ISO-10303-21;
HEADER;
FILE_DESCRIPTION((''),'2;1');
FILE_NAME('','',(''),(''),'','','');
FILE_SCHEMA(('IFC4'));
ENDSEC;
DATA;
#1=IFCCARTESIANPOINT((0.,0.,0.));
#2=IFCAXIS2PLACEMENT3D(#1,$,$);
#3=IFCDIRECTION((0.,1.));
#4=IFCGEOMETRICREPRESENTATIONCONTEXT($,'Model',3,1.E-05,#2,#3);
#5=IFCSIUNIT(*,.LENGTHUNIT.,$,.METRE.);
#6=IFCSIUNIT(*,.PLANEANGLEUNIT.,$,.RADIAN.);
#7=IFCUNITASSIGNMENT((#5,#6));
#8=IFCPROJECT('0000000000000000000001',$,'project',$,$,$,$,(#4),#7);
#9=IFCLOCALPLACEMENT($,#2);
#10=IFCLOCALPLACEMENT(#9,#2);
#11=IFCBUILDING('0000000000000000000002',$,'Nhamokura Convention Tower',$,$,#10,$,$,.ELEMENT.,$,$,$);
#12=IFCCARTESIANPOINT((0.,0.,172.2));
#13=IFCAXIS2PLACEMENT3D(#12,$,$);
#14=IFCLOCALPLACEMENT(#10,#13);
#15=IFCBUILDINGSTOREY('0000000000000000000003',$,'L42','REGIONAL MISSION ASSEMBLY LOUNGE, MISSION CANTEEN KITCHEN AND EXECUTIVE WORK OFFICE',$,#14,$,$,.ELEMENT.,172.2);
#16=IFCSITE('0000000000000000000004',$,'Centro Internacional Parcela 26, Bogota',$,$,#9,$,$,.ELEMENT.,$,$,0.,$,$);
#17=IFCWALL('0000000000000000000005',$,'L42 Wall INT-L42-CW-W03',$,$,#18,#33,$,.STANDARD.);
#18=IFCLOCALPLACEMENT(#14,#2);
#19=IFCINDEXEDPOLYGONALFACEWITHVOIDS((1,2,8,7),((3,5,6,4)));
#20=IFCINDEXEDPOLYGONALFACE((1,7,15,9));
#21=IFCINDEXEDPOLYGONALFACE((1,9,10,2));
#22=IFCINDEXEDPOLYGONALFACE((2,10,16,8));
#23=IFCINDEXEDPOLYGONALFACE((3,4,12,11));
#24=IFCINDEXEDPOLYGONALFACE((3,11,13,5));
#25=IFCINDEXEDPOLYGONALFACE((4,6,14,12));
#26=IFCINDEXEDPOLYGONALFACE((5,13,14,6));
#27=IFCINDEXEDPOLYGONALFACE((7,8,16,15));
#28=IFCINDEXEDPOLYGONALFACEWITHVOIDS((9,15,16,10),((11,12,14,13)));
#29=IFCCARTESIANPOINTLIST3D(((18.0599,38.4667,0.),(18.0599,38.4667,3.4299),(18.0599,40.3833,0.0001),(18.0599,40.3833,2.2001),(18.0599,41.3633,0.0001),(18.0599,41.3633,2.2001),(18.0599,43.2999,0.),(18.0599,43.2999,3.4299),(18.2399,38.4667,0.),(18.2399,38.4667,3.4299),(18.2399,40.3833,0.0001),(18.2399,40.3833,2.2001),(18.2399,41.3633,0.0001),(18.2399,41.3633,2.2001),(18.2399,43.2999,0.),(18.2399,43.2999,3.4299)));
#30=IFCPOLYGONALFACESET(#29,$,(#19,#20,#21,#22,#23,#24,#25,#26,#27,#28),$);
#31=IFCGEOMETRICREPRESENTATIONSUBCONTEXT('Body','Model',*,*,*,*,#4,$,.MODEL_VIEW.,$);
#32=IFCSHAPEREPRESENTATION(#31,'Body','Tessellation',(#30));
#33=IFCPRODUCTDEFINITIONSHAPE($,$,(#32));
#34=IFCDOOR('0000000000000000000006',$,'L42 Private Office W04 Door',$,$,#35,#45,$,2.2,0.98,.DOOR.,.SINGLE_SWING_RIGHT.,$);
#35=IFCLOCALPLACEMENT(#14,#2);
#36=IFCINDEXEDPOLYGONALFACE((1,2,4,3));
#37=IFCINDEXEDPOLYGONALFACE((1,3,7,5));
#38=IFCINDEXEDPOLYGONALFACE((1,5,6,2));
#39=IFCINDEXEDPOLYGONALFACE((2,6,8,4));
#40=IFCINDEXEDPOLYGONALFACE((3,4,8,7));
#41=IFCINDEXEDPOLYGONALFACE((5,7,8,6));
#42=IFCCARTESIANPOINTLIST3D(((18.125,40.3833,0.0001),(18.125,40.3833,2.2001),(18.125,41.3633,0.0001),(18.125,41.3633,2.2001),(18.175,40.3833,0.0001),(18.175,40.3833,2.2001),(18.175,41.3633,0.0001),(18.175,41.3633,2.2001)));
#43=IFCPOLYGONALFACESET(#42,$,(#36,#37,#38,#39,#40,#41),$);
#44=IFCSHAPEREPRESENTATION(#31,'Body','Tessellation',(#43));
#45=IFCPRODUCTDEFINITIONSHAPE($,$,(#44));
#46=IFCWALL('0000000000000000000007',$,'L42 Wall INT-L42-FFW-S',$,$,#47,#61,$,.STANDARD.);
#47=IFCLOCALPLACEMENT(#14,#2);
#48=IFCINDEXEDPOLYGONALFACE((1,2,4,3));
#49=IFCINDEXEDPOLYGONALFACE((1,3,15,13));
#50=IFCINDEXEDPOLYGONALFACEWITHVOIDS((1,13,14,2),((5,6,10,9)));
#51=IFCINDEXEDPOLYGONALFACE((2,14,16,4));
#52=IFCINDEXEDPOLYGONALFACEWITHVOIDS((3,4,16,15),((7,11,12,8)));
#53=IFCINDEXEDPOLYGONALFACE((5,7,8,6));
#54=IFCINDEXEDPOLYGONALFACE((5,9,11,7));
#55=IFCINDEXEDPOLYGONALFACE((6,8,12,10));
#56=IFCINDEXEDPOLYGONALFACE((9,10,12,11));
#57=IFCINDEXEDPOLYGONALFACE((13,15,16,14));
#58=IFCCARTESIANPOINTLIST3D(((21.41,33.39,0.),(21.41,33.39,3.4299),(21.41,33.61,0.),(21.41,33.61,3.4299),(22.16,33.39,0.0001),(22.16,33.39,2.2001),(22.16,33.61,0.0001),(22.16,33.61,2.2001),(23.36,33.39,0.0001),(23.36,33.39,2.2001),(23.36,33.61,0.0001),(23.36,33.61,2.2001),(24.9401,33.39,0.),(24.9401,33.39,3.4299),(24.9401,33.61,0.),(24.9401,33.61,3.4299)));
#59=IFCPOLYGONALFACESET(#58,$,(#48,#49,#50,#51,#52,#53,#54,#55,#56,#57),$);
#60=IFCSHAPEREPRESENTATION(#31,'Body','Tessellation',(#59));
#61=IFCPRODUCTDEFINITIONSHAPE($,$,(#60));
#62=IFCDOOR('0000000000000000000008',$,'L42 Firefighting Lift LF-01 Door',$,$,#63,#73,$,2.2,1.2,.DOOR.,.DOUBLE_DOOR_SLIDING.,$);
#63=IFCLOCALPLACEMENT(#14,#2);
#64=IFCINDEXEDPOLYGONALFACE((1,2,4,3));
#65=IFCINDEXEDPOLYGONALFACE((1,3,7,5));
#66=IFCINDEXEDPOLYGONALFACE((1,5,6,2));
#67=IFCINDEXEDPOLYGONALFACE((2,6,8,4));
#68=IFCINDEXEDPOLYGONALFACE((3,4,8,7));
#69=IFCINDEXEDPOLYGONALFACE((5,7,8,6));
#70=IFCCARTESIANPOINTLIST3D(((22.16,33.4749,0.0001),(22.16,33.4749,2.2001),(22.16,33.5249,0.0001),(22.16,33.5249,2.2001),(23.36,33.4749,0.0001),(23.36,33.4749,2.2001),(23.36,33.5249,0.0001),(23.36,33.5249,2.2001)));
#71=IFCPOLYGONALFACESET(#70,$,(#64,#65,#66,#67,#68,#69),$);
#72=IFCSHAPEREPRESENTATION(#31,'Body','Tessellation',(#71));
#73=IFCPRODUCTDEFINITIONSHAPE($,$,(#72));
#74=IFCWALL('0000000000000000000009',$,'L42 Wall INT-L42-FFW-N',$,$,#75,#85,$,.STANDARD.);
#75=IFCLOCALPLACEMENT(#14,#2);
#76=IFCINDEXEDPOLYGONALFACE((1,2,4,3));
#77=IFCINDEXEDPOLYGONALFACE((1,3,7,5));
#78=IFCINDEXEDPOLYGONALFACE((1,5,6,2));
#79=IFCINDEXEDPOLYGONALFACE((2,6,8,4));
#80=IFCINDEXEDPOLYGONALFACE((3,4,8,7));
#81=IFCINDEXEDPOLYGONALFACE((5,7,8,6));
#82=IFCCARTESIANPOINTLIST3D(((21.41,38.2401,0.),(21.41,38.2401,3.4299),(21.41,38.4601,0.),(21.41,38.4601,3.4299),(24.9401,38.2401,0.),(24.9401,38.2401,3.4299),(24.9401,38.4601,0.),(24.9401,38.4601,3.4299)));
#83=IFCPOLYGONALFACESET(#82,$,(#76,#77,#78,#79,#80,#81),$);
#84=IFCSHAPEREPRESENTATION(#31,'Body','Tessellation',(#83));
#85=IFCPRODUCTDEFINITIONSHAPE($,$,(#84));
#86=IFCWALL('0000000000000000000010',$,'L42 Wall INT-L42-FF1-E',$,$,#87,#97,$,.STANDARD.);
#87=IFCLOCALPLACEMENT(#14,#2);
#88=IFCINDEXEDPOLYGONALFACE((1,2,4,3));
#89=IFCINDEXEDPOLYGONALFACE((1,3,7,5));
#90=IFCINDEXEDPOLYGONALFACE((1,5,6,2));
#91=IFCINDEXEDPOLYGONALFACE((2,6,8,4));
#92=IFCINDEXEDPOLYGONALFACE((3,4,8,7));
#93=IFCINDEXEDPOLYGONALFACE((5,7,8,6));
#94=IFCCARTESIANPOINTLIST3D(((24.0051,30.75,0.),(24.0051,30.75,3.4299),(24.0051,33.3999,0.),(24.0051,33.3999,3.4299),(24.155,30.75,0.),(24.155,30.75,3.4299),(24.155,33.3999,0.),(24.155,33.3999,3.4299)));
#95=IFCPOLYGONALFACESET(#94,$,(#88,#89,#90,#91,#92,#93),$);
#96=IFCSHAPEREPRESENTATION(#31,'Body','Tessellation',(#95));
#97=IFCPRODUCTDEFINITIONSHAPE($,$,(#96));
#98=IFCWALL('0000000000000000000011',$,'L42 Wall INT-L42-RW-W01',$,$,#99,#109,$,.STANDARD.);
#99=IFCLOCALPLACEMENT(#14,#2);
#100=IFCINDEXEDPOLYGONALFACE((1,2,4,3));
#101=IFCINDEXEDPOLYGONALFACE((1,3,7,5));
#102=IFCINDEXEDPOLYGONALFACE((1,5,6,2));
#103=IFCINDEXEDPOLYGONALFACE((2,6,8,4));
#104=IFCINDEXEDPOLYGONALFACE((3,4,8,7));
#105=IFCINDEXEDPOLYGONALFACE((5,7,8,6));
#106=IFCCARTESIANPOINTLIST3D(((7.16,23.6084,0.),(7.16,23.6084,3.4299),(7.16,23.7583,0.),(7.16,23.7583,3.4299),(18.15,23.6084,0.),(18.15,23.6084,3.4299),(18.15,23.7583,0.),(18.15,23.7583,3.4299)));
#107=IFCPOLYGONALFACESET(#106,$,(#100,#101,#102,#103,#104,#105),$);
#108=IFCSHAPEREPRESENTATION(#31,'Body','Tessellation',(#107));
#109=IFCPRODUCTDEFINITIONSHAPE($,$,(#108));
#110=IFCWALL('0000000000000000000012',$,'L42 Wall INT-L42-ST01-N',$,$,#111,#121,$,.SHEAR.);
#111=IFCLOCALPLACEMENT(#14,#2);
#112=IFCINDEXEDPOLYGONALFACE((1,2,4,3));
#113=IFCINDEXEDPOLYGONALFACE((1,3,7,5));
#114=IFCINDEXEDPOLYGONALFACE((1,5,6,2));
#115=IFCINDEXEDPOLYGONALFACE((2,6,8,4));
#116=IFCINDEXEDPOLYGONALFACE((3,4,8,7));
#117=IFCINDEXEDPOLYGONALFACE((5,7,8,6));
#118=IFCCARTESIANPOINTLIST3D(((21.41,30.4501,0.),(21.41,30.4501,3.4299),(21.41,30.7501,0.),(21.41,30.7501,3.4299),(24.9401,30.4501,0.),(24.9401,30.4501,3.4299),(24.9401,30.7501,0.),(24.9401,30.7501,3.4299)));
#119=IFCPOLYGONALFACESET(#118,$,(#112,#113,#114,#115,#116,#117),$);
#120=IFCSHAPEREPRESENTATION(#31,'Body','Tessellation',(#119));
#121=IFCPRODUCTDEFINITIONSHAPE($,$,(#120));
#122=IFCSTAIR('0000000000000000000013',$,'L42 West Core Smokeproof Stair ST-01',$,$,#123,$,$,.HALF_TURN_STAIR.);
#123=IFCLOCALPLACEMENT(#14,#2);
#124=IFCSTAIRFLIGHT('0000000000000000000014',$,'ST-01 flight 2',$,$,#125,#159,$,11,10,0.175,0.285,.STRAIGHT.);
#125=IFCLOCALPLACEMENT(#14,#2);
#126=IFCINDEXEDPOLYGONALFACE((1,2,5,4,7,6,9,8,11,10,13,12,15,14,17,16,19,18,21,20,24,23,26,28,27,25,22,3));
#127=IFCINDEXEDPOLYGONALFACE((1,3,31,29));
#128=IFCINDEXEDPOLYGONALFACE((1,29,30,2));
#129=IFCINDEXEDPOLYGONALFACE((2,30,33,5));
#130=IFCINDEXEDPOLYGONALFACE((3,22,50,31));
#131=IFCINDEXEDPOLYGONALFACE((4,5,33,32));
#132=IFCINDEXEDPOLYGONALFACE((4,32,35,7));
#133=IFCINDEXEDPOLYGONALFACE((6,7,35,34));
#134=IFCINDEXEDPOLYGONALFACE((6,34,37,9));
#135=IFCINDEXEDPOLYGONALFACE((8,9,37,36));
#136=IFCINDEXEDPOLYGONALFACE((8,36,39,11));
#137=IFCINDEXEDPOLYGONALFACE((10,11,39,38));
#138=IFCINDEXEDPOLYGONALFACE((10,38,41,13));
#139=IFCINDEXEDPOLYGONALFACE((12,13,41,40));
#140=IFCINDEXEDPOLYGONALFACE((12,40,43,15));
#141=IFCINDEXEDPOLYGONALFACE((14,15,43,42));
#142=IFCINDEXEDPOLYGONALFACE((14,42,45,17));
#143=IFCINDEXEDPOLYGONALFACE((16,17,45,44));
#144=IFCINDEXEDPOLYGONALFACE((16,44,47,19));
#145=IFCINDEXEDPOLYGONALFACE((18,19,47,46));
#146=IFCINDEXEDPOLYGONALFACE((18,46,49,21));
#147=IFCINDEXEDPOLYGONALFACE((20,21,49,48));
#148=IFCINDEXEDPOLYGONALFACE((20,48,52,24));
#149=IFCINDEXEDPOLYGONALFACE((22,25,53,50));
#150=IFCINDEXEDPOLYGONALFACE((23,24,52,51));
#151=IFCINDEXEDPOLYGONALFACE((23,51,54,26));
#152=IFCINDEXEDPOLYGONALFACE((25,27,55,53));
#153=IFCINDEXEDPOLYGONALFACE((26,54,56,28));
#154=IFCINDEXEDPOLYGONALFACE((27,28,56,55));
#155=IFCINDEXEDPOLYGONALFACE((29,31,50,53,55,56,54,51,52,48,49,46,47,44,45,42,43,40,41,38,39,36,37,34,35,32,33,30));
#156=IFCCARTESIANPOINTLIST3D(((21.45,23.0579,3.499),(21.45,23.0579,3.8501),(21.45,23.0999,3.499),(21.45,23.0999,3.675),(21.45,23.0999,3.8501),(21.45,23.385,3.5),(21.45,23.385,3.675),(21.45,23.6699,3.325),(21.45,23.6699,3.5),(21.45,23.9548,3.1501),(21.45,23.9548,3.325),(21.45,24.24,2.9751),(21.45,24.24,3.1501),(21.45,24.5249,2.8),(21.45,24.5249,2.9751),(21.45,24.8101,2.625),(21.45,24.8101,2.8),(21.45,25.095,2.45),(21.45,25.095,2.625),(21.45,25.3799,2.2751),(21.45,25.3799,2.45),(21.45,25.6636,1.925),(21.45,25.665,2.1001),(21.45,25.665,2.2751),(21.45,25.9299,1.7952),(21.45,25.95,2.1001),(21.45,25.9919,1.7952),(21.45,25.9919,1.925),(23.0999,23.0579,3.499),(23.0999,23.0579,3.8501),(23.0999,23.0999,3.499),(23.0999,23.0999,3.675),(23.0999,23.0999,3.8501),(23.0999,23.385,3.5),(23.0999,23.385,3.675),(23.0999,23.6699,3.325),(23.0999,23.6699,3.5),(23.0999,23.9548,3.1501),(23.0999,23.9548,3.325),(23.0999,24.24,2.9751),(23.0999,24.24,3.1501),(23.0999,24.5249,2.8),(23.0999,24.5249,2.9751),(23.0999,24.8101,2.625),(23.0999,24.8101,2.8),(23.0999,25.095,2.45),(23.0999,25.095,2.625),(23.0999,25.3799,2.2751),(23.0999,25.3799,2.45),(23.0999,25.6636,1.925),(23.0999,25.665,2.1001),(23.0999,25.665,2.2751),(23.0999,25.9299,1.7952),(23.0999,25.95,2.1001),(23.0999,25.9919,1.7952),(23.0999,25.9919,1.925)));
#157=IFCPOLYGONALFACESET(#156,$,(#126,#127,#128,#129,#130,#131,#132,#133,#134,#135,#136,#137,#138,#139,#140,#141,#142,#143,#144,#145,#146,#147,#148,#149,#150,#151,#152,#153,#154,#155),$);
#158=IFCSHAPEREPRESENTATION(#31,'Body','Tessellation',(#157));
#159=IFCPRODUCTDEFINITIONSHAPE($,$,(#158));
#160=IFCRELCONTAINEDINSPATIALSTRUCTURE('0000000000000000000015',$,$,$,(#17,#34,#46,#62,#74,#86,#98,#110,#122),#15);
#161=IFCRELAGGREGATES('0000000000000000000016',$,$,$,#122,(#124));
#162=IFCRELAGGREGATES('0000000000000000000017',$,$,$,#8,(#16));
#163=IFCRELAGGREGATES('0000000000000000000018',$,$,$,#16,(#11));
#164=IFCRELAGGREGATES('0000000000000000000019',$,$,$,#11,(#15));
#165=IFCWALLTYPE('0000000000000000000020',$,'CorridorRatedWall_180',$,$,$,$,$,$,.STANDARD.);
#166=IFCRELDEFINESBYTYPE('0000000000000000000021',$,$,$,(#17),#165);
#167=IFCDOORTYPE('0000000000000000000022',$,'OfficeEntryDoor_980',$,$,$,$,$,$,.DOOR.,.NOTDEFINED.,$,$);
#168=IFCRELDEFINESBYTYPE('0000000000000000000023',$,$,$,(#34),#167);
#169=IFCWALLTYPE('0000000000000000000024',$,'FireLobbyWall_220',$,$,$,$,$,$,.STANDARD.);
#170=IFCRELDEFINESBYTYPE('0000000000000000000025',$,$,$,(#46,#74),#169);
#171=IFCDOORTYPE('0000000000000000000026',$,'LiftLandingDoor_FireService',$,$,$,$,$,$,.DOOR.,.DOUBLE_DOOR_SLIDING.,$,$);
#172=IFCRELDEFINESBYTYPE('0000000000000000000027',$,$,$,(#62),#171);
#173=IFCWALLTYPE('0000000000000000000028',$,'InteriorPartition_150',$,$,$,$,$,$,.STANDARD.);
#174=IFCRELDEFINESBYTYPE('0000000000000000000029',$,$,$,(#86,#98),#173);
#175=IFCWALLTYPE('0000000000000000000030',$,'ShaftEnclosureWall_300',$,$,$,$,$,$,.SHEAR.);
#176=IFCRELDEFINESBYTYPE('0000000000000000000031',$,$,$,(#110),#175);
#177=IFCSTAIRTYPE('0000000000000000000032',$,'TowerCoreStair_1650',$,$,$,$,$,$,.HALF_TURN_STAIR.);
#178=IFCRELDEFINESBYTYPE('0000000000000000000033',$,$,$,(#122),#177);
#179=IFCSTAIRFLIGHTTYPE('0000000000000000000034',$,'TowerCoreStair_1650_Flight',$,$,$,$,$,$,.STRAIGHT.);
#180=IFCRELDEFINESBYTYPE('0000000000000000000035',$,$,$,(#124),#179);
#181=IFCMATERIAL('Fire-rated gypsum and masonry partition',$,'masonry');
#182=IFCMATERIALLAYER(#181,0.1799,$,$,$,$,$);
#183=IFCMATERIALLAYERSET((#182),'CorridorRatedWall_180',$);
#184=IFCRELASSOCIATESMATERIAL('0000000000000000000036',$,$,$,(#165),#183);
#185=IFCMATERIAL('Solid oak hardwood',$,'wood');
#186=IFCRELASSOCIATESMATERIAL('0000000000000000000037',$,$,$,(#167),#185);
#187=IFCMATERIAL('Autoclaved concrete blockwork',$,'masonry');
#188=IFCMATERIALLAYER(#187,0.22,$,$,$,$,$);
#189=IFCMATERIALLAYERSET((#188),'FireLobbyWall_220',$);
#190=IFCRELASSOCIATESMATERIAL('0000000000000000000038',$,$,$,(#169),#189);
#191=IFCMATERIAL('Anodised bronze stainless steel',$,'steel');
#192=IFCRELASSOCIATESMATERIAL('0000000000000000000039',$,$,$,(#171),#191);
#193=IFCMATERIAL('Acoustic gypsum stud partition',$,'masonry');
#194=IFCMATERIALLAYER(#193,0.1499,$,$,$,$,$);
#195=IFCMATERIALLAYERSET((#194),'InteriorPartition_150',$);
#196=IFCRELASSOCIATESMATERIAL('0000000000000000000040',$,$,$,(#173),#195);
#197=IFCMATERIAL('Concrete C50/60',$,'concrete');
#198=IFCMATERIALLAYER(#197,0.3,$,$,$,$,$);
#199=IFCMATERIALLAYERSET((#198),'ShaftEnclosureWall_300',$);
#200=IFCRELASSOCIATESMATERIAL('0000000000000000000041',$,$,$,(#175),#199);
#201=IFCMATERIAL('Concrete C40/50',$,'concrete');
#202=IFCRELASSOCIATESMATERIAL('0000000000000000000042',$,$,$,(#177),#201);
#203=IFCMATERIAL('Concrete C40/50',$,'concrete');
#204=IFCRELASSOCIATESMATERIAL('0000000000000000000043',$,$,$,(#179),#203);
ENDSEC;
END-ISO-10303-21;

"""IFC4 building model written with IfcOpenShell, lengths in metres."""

from ifc_helpers import new_model, si_unit, direction, frame, frame_2d, origin, place, context, subcontext, project, spatial, polyline, rectangle, outline, extrude, material, layer, layer_set, type_object, element, fill, aggregate, save


model = new_model("IFC4")

# Units and contexts
model_context = context("Model", 3, precision=1e-05, world=origin(), true_north=direction((0.0, 1.0)))
body_context = subcontext(model_context, "Body", "Model", "MODEL_VIEW")
ifc_project = project(units=[si_unit("LENGTHUNIT", "METRE"), si_unit("PLANEANGLEUNIT", "RADIAN")], contexts=[model_context])

# Site, building, storey
site_placement = place(None, origin())
site = spatial("IfcSite", under=ifc_project, at=site_placement, Name="Centro Internacional Parcela 26, Bogota", CompositionType="ELEMENT", RefElevation=0.0)
building_placement = place(site_placement, origin())
building = spatial("IfcBuilding", under=site, at=building_placement, Name="Nhamokura Convention Tower", CompositionType="ELEMENT")
storey_placement = place(building_placement, frame((0.0, 0.0, 172.2)))
storey = spatial("IfcBuildingStorey", under=building, at=storey_placement, Name="L42", Description="REGIONAL MISSION ASSEMBLY LOUNGE, MISSION CANTEEN KITCHEN AND EXECUTIVE WORK OFFICE", CompositionType="ELEMENT", Elevation=172.2)

# Walls, openings, doors
ifc_material_1 = material(Name="Fire-rated gypsum and masonry partition", Category="masonry")
ifc_layer_1 = layer(ifc_material_1, 0.1799)
ifc_layer_set_1 = layer_set([ifc_layer_1], Name="CorridorRatedWall_180")
wall_type_1 = type_object("IfcWallType", Name="CorridorRatedWall_180", PredefinedType="STANDARD", material=ifc_layer_set_1)
ifc_material_2 = material(Name="Solid oak hardwood", Category="wood")
door_type_1 = type_object("IfcDoorType", Name="OfficeEntryDoor_980", OperationType="NOTDEFINED", PredefinedType="DOOR", material=ifc_material_2)
wall_1_placement = place(storey_placement, frame((18.1499, 38.4668, 0.0), z_axis=(0.0, 0.0, 1.0), x_axis=(0.0, 1.0, 0.0)))
wall_1 = element("IfcWall", 1, at=wall_1_placement, inside=storey, type_object=wall_type_1, Name="L42 Wall INT-L42-CW-W03", PredefinedType="STANDARD", context=body_context, shape_type="SweptSolid", body=[
    extrude(rectangle(XDim=4.8333, YDim=0.1799, at=frame_2d((2.4165, 0.0))), origin(), (0.0, 0.0, 1.0), 3.4299),
])
opening_1_placement = place(wall_1_placement, frame((1.9165, 0.0, 0.0)))
opening_1 = element("IfcOpeningElement", 2, at=opening_1_placement, cuts=wall_1, PredefinedType="OPENING", context=body_context, shape_type="SweptSolid", body=[
    extrude(rectangle(XDim=0.98, YDim=2.2, at=frame_2d((0.49, 1.1001))), frame((0.0, 0.0999, 0.0), z_axis=(0.0, -1.0, 0.0), x_axis=(1.0, 0.0, 0.0)), (0.0, 0.0, 1.0), 0.2),
])
door_1_placement = place(opening_1_placement, origin())
door_1 = element("IfcDoor", 3, at=door_1_placement, inside=storey, type_object=door_type_1, Name="L42 Private Office W04 Door", OperationType="SINGLE_SWING_RIGHT", OverallHeight=2.2, OverallWidth=0.98, PredefinedType="DOOR", context=body_context, shape_type="SweptSolid", body=[
    extrude(rectangle(XDim=0.98, YDim=2.2, at=frame_2d((0.49, 1.1001))), frame((0.0, 0.0249, 0.0), z_axis=(0.0, -1.0, 0.0), x_axis=(1.0, 0.0, 0.0)), (0.0, 0.0, 1.0), 0.05),
])
fill(opening_1, door_1)
ifc_material_3 = material(Name="Autoclaved concrete blockwork", Category="masonry")
ifc_layer_2 = layer(ifc_material_3, 0.22)
ifc_layer_set_2 = layer_set([ifc_layer_2], Name="FireLobbyWall_220")
wall_type_2 = type_object("IfcWallType", Name="FireLobbyWall_220", PredefinedType="STANDARD", material=ifc_layer_set_2)
wall_2_placement = place(storey_placement, frame((21.4099, 33.5, 0.0), z_axis=(0.0, 0.0, 1.0), x_axis=(1.0, 0.0, 0.0)))
wall_2 = element("IfcWall", 4, at=wall_2_placement, inside=storey, type_object=wall_type_2, Name="L42 Wall INT-L42-FFW-S", PredefinedType="STANDARD", context=body_context, shape_type="SweptSolid", body=[
    extrude(rectangle(XDim=3.53, YDim=0.22, at=frame_2d((1.7651, 0.0))), origin(), (0.0, 0.0, 1.0), 3.4299),
])
opening_2_placement = place(wall_2_placement, frame((0.75, 0.0, 0.0)))
opening_2 = element("IfcOpeningElement", 5, at=opening_2_placement, cuts=wall_2, PredefinedType="OPENING", context=body_context, shape_type="SweptSolid", body=[
    extrude(rectangle(XDim=1.2, YDim=2.2, at=frame_2d((0.6001, 1.1001))), frame((0.0, 0.1199, 0.0), z_axis=(0.0, -1.0, 0.0), x_axis=(1.0, 0.0, 0.0)), (0.0, 0.0, 1.0), 0.24),
])
ifc_material_4 = material(Name="Anodised bronze stainless steel", Category="steel")
door_type_2 = type_object("IfcDoorType", Name="LiftLandingDoor_FireService", OperationType="DOUBLE_DOOR_SLIDING", PredefinedType="DOOR", material=ifc_material_4)
door_2_placement = place(opening_2_placement, origin())
door_2 = element("IfcDoor", 6, at=door_2_placement, inside=storey, type_object=door_type_2, Name="L42 Firefighting Lift LF-01 Door", OperationType="DOUBLE_DOOR_SLIDING", OverallHeight=2.2, OverallWidth=1.2, PredefinedType="DOOR", context=body_context, shape_type="SweptSolid", body=[
    extrude(rectangle(XDim=1.2, YDim=2.2, at=frame_2d((0.6001, 1.1001))), frame((0.0, 0.0249, 0.0), z_axis=(0.0, -1.0, 0.0), x_axis=(1.0, 0.0, 0.0)), (0.0, 0.0, 1.0), 0.05),
])
fill(opening_2, door_2)

# Walls
wall_3_placement = place(storey_placement, frame((21.4099, 38.3501, 0.0), z_axis=(0.0, 0.0, 1.0), x_axis=(1.0, 0.0, 0.0)))
element("IfcWall", 7, at=wall_3_placement, inside=storey, type_object=wall_type_2, Name="L42 Wall INT-L42-FFW-N", PredefinedType="STANDARD", context=body_context, shape_type="SweptSolid", body=[
    extrude(rectangle(XDim=3.53, YDim=0.22, at=frame_2d((1.7651, 0.0))), origin(), (0.0, 0.0, 1.0), 3.4299),
])
ifc_material_5 = material(Name="Acoustic gypsum stud partition", Category="masonry")
ifc_layer_3 = layer(ifc_material_5, 0.1499)
ifc_layer_set_3 = layer_set([ifc_layer_3], Name="InteriorPartition_150")
wall_type_3 = type_object("IfcWallType", Name="InteriorPartition_150", PredefinedType="STANDARD", material=ifc_layer_set_3)
wall_4_placement = place(storey_placement, frame((24.0801, 30.75, 0.0), z_axis=(0.0, 0.0, 1.0), x_axis=(0.0, 1.0, 0.0)))
element("IfcWall", 8, at=wall_4_placement, inside=storey, type_object=wall_type_3, Name="L42 Wall INT-L42-FF1-E", PredefinedType="STANDARD", context=body_context, shape_type="SweptSolid", body=[
    extrude(rectangle(XDim=2.6499, YDim=0.1499, at=frame_2d((1.325, 0.0))), origin(), (0.0, 0.0, 1.0), 3.4299),
])
wall_5_placement = place(storey_placement, frame((7.1599, 23.6833, 0.0), z_axis=(0.0, 0.0, 1.0), x_axis=(1.0, 0.0, 0.0)))
element("IfcWall", 9, at=wall_5_placement, inside=storey, type_object=wall_type_3, Name="L42 Wall INT-L42-RW-W01", PredefinedType="STANDARD", context=body_context, shape_type="SweptSolid", body=[
    extrude(rectangle(XDim=10.99, YDim=0.1499, at=frame_2d((5.4951, 0.0))), origin(), (0.0, 0.0, 1.0), 3.4299),
])
ifc_material_6 = material(Name="Concrete C50/60", Category="concrete")
ifc_layer_4 = layer(ifc_material_6, 0.3)
ifc_layer_set_4 = layer_set([ifc_layer_4], Name="ShaftEnclosureWall_300")
wall_type_4 = type_object("IfcWallType", Name="ShaftEnclosureWall_300", PredefinedType="SHEAR", material=ifc_layer_set_4)
wall_6_placement = place(storey_placement, frame((21.4099, 30.6001, 0.0), z_axis=(0.0, 0.0, 1.0), x_axis=(1.0, 0.0, 0.0)))
element("IfcWall", 10, at=wall_6_placement, inside=storey, type_object=wall_type_4, Name="L42 Wall INT-L42-ST01-N", PredefinedType="SHEAR", context=body_context, shape_type="SweptSolid", body=[
    extrude(rectangle(XDim=3.53, YDim=0.3, at=frame_2d((1.7651, 0.0))), origin(), (0.0, 0.0, 1.0), 3.4299),
])

# Stair, stair flight
ifc_material_7 = material(Name="Concrete C40/50", Category="concrete")
stair_type = type_object("IfcStairType", Name="TowerCoreStair_1650", PredefinedType="HALF_TURN_STAIR", material=ifc_material_7)
stair_placement = place(storey_placement, origin())
stair = element("IfcStair", 11, at=stair_placement, inside=storey, type_object=stair_type, Name="L42 West Core Smokeproof Stair ST-01", PredefinedType="HALF_TURN_STAIR")
ifc_material_8 = material(Name="Concrete C40/50", Category="concrete")
stair_flight_type = type_object("IfcStairFlightType", Name="TowerCoreStair_1650_Flight", PredefinedType="STRAIGHT", material=ifc_material_8)
stair_flight_placement = place(storey_placement, frame((22.2749, 25.95, 1.925), z_axis=(0.0, 0.0, 1.0), x_axis=(0.0, -1.0, 0.0)))
stair_flight = element("IfcStairFlight", 12, at=stair_flight_placement, type_object=stair_flight_type, Name="ST-01 flight 2", NumberOfRisers=11, NumberOfTreads=10, PredefinedType="STRAIGHT", RiserHeight=0.175, TreadLength=0.285, context=body_context, shape_type="SweptSolid", body=[
    extrude(outline(polyline([(-0.042, 0.0), (0.0, 0.175), (0.2849, 0.175), (0.2849, 0.3501), (0.5701, 0.3501), (0.5701, 0.5249), (0.855, 0.5249), (0.855, 0.7), (1.1399, 0.7), (1.1399, 0.875), (1.425, 0.875), (1.425, 1.05), (1.71, 1.05), (1.71, 1.2251), (1.9951, 1.2251), (1.9951, 1.3999), (2.28, 1.3999), (2.28, 1.575), (2.5649, 1.575), (2.5649, 1.75), (2.8501, 1.75), (2.8501, 1.925), (2.8921, 1.925), (2.8921, 1.574), (2.8501, 1.574), (0.2864, 0.0), (0.02, -0.1299), (-0.042, -0.1299), (-0.042, 0.0)])), frame((0.0, 0.825, 0.0), z_axis=(0.0, -1.0, 0.0), x_axis=(1.0, 0.0, 0.0)), (0.0, 0.0, 1.0), 1.6499),
])
aggregate(stair, [stair_flight])

save(model, "model.ifc")
